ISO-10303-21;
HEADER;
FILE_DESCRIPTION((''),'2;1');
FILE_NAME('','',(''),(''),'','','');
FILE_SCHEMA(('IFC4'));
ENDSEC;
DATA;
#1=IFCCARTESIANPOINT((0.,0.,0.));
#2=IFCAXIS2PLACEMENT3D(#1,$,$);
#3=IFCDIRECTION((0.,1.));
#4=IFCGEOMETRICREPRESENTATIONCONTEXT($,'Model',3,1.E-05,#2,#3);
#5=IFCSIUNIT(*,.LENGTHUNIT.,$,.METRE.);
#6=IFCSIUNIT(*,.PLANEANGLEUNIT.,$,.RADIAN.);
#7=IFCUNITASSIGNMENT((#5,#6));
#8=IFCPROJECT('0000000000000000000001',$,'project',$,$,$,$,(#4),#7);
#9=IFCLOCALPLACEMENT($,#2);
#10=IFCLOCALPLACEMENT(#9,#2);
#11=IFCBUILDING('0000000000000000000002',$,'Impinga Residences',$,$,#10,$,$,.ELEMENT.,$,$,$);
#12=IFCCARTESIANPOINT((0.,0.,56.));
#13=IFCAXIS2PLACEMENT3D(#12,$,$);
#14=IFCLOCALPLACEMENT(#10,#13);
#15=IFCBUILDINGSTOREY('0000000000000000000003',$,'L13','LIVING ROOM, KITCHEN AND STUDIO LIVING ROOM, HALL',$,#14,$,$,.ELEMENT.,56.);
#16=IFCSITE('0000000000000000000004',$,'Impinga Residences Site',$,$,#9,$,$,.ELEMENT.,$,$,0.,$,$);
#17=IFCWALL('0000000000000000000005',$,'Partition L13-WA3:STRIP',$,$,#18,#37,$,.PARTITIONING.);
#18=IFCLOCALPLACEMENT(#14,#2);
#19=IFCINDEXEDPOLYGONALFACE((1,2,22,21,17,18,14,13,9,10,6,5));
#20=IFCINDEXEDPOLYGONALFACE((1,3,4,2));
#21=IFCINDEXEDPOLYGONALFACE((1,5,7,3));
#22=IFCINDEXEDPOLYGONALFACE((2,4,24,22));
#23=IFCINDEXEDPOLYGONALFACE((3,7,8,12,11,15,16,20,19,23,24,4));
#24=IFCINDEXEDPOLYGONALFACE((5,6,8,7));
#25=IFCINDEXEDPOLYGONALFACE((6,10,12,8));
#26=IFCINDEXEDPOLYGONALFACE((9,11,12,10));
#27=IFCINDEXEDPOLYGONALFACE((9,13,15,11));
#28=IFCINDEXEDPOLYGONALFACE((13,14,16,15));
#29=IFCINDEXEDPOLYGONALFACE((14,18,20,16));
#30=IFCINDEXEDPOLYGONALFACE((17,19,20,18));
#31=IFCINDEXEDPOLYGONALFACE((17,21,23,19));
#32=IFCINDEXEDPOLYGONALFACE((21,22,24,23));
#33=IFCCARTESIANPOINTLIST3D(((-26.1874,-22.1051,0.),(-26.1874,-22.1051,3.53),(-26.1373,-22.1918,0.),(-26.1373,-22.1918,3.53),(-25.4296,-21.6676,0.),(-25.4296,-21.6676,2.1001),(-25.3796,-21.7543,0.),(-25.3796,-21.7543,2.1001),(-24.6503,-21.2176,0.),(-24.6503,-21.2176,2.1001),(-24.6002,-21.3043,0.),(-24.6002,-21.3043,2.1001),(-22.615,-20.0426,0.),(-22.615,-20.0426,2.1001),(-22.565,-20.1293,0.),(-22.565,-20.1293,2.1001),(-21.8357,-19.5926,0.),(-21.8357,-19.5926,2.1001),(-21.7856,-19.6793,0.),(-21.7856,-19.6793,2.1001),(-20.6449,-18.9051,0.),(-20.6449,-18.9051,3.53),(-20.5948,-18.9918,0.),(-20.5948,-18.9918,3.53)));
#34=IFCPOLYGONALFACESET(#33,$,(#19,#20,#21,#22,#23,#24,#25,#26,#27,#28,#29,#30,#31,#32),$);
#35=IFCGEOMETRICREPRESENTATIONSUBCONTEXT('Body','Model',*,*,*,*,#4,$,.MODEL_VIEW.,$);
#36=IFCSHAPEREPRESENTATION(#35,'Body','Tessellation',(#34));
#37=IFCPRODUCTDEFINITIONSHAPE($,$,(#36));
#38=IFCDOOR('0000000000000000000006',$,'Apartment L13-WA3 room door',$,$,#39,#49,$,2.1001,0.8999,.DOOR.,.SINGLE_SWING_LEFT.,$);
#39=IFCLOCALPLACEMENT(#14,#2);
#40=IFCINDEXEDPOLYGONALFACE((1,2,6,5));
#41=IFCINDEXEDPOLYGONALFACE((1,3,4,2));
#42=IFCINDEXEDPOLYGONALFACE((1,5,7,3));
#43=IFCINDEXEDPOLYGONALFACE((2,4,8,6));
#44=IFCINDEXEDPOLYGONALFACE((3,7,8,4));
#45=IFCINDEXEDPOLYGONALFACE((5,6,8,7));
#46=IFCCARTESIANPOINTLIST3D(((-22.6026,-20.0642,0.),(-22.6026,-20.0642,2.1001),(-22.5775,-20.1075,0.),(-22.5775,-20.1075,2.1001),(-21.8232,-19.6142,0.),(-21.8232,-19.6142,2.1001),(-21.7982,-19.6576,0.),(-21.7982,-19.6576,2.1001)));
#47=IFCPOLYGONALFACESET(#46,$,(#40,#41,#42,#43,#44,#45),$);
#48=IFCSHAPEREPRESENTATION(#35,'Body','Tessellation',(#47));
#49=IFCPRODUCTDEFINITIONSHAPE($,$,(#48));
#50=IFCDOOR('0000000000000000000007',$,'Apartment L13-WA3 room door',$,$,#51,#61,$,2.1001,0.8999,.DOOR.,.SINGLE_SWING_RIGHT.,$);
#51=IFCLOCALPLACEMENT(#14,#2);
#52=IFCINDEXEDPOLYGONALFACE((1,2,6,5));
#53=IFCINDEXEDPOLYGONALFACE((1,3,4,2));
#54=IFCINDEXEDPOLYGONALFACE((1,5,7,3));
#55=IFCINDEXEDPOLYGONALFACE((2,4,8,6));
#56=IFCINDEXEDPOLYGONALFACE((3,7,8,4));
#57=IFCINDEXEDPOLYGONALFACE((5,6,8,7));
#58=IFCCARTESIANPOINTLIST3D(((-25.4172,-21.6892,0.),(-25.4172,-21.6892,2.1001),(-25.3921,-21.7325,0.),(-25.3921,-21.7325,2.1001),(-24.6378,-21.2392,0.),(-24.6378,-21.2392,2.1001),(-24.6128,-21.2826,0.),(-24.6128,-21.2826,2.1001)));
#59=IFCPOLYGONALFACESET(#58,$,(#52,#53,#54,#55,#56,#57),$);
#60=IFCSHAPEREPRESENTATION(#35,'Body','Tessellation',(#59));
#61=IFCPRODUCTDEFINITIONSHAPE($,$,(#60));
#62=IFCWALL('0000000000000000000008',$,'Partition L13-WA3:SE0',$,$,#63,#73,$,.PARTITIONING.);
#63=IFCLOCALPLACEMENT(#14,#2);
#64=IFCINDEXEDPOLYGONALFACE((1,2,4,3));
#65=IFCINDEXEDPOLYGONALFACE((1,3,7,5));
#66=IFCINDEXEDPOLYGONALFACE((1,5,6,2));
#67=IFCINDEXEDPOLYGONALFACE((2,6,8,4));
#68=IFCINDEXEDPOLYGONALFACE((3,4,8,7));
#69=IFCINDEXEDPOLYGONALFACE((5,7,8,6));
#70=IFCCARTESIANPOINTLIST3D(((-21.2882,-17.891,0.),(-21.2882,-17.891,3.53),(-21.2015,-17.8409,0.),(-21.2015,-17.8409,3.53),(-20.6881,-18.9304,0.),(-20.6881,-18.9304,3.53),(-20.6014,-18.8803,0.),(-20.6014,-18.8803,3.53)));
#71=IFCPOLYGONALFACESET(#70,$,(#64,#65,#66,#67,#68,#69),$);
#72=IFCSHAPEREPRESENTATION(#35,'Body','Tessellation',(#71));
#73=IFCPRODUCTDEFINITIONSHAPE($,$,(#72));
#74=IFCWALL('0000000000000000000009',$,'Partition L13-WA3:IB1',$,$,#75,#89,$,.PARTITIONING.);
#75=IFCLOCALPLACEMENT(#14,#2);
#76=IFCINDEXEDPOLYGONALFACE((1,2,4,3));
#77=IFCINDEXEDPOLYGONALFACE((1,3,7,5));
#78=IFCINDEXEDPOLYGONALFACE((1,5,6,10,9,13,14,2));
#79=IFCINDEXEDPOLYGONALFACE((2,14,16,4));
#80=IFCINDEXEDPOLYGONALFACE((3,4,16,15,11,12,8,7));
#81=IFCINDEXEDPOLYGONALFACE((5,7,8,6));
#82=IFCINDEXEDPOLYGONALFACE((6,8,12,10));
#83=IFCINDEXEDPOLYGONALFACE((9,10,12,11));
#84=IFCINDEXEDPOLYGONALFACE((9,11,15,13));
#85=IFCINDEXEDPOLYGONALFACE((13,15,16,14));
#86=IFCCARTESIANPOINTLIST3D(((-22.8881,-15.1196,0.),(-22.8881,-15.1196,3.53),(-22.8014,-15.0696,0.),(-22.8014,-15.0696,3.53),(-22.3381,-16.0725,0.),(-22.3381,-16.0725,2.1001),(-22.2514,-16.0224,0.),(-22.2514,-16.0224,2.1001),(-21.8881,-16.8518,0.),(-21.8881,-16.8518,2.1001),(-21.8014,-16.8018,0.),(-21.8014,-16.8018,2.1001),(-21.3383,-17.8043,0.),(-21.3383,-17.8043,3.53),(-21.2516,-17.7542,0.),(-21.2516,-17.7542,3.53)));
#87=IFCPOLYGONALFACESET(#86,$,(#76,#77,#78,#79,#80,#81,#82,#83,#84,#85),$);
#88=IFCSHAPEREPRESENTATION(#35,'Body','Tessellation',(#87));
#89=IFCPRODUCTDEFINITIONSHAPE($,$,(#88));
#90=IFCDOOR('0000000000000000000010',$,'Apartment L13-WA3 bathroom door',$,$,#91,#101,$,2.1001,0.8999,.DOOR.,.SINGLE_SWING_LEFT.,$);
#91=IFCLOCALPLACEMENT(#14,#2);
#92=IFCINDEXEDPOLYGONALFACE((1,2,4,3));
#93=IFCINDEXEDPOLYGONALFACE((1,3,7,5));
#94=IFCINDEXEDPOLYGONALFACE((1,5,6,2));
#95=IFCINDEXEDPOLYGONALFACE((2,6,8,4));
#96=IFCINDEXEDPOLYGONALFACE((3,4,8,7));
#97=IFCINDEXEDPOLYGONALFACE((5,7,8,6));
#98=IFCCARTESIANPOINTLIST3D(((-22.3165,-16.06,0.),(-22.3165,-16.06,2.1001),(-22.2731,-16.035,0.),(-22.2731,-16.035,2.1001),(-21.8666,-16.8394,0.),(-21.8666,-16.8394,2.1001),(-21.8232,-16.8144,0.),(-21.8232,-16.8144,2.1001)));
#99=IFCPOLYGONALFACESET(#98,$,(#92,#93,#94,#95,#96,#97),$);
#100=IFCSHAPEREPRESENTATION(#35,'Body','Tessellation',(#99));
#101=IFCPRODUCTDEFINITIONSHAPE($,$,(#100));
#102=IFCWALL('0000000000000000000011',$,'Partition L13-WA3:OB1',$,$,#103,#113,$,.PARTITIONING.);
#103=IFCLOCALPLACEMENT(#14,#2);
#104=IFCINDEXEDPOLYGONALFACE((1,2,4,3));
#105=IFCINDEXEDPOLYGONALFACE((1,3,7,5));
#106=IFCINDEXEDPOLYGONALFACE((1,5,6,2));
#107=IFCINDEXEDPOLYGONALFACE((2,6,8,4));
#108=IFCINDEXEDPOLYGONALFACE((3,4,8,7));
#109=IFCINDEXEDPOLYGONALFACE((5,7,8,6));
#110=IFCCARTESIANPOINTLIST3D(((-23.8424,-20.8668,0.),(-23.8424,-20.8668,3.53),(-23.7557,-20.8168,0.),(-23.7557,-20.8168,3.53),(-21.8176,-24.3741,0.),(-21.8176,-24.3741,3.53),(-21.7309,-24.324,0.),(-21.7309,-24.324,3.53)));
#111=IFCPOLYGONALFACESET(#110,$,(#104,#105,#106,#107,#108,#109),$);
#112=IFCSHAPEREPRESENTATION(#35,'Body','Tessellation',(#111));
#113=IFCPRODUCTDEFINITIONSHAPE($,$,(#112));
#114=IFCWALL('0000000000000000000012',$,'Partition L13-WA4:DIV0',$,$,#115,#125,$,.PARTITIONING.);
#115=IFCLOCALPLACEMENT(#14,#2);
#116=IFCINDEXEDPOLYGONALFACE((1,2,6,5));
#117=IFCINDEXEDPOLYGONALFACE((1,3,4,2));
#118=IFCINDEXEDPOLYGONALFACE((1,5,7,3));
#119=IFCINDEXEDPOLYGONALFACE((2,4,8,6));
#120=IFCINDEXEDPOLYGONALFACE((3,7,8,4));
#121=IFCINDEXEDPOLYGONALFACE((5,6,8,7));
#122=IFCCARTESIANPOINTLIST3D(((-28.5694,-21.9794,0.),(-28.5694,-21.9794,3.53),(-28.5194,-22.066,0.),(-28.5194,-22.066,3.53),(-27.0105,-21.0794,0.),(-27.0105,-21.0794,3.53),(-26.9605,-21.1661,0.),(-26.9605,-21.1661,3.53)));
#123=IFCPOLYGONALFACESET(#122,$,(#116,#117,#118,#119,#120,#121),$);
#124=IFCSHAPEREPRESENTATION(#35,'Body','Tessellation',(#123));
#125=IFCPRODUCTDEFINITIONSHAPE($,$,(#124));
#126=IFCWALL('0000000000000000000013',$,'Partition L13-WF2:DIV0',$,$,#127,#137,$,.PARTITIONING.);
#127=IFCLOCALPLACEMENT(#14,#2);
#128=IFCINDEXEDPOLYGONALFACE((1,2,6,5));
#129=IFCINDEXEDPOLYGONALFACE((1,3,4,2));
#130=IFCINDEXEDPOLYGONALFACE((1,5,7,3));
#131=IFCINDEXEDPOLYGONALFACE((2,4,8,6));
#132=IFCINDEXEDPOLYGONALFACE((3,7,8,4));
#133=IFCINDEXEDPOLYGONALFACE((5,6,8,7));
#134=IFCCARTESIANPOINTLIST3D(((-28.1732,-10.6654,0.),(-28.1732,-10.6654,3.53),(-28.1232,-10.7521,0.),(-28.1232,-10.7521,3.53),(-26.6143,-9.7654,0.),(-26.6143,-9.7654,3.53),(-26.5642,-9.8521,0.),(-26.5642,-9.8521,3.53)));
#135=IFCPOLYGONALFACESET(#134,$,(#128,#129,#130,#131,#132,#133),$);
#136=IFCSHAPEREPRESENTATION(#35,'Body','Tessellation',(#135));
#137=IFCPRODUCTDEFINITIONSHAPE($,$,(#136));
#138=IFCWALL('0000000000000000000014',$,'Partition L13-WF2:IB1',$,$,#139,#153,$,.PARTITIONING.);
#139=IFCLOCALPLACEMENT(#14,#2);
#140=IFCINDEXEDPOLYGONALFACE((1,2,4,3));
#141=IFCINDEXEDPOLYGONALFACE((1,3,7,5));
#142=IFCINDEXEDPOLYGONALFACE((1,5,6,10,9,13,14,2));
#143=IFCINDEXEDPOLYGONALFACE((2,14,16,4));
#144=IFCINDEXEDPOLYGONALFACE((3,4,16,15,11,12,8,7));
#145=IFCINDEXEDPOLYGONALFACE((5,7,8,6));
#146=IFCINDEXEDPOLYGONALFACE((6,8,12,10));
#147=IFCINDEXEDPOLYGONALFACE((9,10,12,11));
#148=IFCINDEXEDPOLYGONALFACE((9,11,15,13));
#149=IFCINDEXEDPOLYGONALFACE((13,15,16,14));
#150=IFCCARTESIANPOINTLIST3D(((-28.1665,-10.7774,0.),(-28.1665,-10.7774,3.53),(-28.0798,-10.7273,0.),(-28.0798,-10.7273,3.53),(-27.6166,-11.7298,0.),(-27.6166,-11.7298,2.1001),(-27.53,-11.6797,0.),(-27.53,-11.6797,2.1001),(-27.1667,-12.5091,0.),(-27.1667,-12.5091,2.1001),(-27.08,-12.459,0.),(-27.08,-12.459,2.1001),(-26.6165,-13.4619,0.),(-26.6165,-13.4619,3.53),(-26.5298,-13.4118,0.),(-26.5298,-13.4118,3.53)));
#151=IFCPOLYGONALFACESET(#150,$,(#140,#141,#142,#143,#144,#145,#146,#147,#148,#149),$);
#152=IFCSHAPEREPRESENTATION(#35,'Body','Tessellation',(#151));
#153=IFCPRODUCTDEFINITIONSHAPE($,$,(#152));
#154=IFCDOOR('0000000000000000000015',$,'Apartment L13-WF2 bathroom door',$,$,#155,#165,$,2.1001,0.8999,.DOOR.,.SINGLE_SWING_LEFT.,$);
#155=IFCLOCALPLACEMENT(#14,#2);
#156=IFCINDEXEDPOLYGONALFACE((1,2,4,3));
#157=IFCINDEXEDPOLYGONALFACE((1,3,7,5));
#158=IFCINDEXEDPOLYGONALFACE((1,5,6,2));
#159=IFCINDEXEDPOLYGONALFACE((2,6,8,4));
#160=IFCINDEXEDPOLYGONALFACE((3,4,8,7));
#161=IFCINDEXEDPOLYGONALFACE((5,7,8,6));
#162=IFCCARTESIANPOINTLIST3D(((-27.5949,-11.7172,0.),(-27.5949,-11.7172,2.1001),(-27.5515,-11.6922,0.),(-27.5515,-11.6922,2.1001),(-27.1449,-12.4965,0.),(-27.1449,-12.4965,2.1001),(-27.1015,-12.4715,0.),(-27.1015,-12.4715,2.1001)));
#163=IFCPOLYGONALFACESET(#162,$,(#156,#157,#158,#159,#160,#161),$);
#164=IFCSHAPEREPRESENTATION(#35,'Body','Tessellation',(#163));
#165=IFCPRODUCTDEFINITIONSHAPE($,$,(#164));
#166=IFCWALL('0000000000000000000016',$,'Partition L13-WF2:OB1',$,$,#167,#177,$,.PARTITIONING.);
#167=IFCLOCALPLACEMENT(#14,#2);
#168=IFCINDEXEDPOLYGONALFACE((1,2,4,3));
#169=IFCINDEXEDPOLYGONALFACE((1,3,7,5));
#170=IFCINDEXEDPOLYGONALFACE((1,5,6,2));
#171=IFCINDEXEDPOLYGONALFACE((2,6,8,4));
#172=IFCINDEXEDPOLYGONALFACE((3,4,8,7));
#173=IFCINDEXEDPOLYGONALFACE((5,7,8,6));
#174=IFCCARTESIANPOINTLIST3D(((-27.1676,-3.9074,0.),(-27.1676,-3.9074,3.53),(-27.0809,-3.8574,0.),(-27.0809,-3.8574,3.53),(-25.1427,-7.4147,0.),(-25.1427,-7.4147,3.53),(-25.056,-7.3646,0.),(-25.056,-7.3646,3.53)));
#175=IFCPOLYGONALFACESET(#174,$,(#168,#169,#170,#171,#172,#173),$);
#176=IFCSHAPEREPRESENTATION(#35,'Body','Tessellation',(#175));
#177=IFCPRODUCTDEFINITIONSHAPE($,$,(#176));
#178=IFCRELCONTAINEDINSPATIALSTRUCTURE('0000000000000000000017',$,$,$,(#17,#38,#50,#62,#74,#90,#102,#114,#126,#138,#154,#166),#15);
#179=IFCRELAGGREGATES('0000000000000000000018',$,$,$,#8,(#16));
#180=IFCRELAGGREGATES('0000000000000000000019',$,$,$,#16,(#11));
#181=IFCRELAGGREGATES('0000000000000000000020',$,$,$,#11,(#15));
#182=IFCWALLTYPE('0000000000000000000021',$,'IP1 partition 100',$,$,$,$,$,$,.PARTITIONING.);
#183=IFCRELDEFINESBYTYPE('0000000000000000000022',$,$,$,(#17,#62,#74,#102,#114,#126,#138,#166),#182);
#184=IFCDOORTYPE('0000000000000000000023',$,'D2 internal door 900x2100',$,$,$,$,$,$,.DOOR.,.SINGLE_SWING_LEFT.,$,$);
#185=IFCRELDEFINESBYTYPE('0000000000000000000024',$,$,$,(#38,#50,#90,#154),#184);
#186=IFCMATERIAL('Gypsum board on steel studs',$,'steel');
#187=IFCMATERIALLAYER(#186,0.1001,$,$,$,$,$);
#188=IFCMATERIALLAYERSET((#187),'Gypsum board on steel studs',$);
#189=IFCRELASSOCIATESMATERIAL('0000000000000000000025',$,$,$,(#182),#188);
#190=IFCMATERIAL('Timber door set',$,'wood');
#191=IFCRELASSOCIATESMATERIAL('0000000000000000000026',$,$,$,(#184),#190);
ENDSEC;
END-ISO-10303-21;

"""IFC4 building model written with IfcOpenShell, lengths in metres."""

from ifc_helpers import new_model, si_unit, direction, frame, frame_2d, origin, place, context, subcontext, project, spatial, rectangle, extrude, material, layer, layer_set, type_object, element, fill, save


model = new_model("IFC4")

# Units and contexts
model_context = context("Model", 3, precision=1e-05, world=origin(), true_north=direction((0.0, 1.0)))
body_context = subcontext(model_context, "Body", "Model", "MODEL_VIEW")
ifc_project = project(units=[si_unit("LENGTHUNIT", "METRE"), si_unit("PLANEANGLEUNIT", "RADIAN")], contexts=[model_context])

# Site, building, storey
site_placement = place(None, origin())
site = spatial("IfcSite", under=ifc_project, at=site_placement, Name="Impinga Residences Site", CompositionType="ELEMENT", RefElevation=0.0)
building_placement = place(site_placement, origin())
building = spatial("IfcBuilding", under=site, at=building_placement, Name="Impinga Residences", CompositionType="ELEMENT")
storey_placement = place(building_placement, frame((0.0, 0.0, 56.0)))
storey = spatial("IfcBuildingStorey", under=building, at=storey_placement, Name="L13", Description="LIVING ROOM, KITCHEN AND STUDIO LIVING ROOM, HALL", CompositionType="ELEMENT", Elevation=56.0)

# Shared definitions
ifc_material_1 = material(Name="Gypsum board on steel studs", Category="steel")
ifc_layer_1 = layer(ifc_material_1, 0.1001)
ifc_layer_set_1 = layer_set([ifc_layer_1], Name="Gypsum board on steel studs")
wall_type_1 = type_object("IfcWallType", Name="IP1 partition 100", PredefinedType="PARTITIONING", material=ifc_layer_set_1)
ifc_material_2 = material(Name="Timber door set", Category="wood")
door_type = type_object("IfcDoorType", Name="D2 internal door 900x2100", OperationType="SINGLE_SWING_LEFT", PredefinedType="DOOR", material=ifc_material_2)

# Wall, openings, doors
wall_1_placement = place(storey_placement, frame((-20.6199, -18.9485, 0.0), z_axis=(0.0, 0.0, 1.0), x_axis=(-0.866025, -0.5, 0.0)))
wall_1 = element("IfcWall", 1, at=wall_1_placement, inside=storey, type_object=wall_type_1, Name="Partition L13-WA3:STRIP", PredefinedType="PARTITIONING", context=body_context, shape_type="SweptSolid", body=[
    extrude(rectangle(XDim=6.3999, YDim=0.1001, at=frame_2d((3.2, 0.0))), origin(), (0.0, 0.0, 1.0), 3.53),
])
opening_1_placement = place(wall_1_placement, frame((1.375, 0.0, 0.0)))
opening_1 = element("IfcOpeningElement", 2, at=opening_1_placement, cuts=wall_1, PredefinedType="OPENING", context=body_context, shape_type="SweptSolid", body=[
    extrude(rectangle(XDim=0.8999, YDim=2.1001, at=frame_2d((0.45, 1.05))), frame((0.0, 0.0601, 0.0), z_axis=(0.0, -1.0, 0.0), x_axis=(1.0, 0.0, 0.0)), (0.0, 0.0, 1.0), 0.1201),
])
opening_2_placement = place(wall_1_placement, frame((4.625, 0.0, 0.0)))
opening_2 = element("IfcOpeningElement", 3, at=opening_2_placement, cuts=wall_1, PredefinedType="OPENING", context=body_context, shape_type="SweptSolid", body=[
    extrude(rectangle(XDim=0.8999, YDim=2.1001, at=frame_2d((0.45, 1.05))), frame((0.0, 0.0601, 0.0), z_axis=(0.0, -1.0, 0.0), x_axis=(1.0, 0.0, 0.0)), (0.0, 0.0, 1.0), 0.1201),
])
door_1_placement = place(opening_1_placement, origin())
door_1 = element("IfcDoor", 4, at=door_1_placement, inside=storey, type_object=door_type, Name="Apartment L13-WA3 room door", OperationType="SINGLE_SWING_LEFT", OverallHeight=2.1001, OverallWidth=0.8999, PredefinedType="DOOR", context=body_context, shape_type="SweptSolid", body=[
    extrude(rectangle(XDim=0.8999, YDim=2.1001, at=frame_2d((0.45, 1.05))), frame((0.0, 0.0249, 0.0), z_axis=(0.0, -1.0, 0.0), x_axis=(1.0, 0.0, 0.0)), (0.0, 0.0, 1.0), 0.05),
])
fill(opening_1, door_1)
door_2_placement = place(opening_2_placement, origin())
door_2 = element("IfcDoor", 5, at=door_2_placement, inside=storey, type_object=door_type, Name="Apartment L13-WA3 room door", OperationType="SINGLE_SWING_RIGHT", OverallHeight=2.1001, OverallWidth=0.8999, PredefinedType="DOOR", context=body_context, shape_type="SweptSolid", body=[
    extrude(rectangle(XDim=0.8999, YDim=2.1001, at=frame_2d((0.45, 1.05))), frame((0.0, 0.0249, 0.0), z_axis=(0.0, -1.0, 0.0), x_axis=(1.0, 0.0, 0.0)), (0.0, 0.0, 1.0), 0.05),
])
fill(opening_2, door_2)

# Wall
wall_2_placement = place(storey_placement, frame((-21.2449, -17.866, 0.0), z_axis=(0.0, 0.0, 1.0), x_axis=(0.500034, -0.866006, 0.0)))
element("IfcWall", 6, at=wall_2_placement, inside=storey, type_object=wall_type_1, Name="Partition L13-WA3:SE0", PredefinedType="PARTITIONING", context=body_context, shape_type="SweptSolid", body=[
    extrude(rectangle(XDim=1.2002, YDim=0.1001, at=frame_2d((0.6001, 0.0))), origin(), (0.0, 0.0, 1.0), 3.53),
])

# Wall, opening, door
wall_3_placement = place(storey_placement, frame((-22.8447, -15.0947, 0.0), z_axis=(0.0, 0.0, 1.0), x_axis=(0.499968, -0.866044, 0.0)))
wall_3 = element("IfcWall", 7, at=wall_3_placement, inside=storey, type_object=wall_type_1, Name="Partition L13-WA3:IB1", PredefinedType="PARTITIONING", context=body_context, shape_type="SweptSolid", body=[
    extrude(rectangle(XDim=3.0999, YDim=0.1001, at=frame_2d((1.5498, 0.0))), origin(), (0.0, 0.0, 1.0), 3.53),
])
opening_3_placement = place(wall_3_placement, frame((1.1001, 0.0, 0.0)))
opening_3 = element("IfcOpeningElement", 8, at=opening_3_placement, cuts=wall_3, PredefinedType="OPENING", context=body_context, shape_type="SweptSolid", body=[
    extrude(rectangle(XDim=0.8999, YDim=2.1001, at=frame_2d((0.45, 1.05))), frame((0.0, 0.0601, 0.0), z_axis=(0.0, -1.0, 0.0), x_axis=(1.0, 0.0, 0.0)), (0.0, 0.0, 1.0), 0.1201),
])
door_3_placement = place(opening_3_placement, origin())
door_3 = element("IfcDoor", 9, at=door_3_placement, inside=storey, type_object=door_type, Name="Apartment L13-WA3 bathroom door", OperationType="SINGLE_SWING_LEFT", OverallHeight=2.1001, OverallWidth=0.8999, PredefinedType="DOOR", context=body_context, shape_type="SweptSolid", body=[
    extrude(rectangle(XDim=0.8999, YDim=2.1001, at=frame_2d((0.45, 1.05))), frame((0.0, 0.0249, 0.0), z_axis=(0.0, -1.0, 0.0), x_axis=(1.0, 0.0, 0.0)), (0.0, 0.0, 1.0), 0.05),
])
fill(opening_3, door_3)

# Walls
wall_4_placement = place(storey_placement, frame((-23.7991, -20.8418, 0.0), z_axis=(0.0, 0.0, 1.0), x_axis=(0.49999, -0.866031, 0.0)))
element("IfcWall", 10, at=wall_4_placement, inside=storey, type_object=wall_type_1, Name="Partition L13-WA3:OB1", PredefinedType="PARTITIONING", context=body_context, shape_type="SweptSolid", body=[
    extrude(rectangle(XDim=4.0498, YDim=0.1001, at=frame_2d((2.0249, 0.0))), origin(), (0.0, 0.0, 1.0), 3.53),
])
for number, where, z_axis, x_axis, name in (
    (11, (-26.9856, -21.1228, 0.0), (0.0, 0.0, 1.0), (-0.866048, -0.499961, 0.0), "Partition L13-WA4:DIV0"),
    (12, (-26.5894, -9.8088, 0.0), (0.0, 0.0, 1.0), (-0.866048, -0.499961, 0.0), "Partition L13-WF2:DIV0"),
):
    element("IfcWall", number, at=place(storey_placement, frame(where, z_axis=z_axis, x_axis=x_axis)), inside=storey, type_object=wall_type_1, Name=name, PredefinedType="PARTITIONING", context=body_context, shape_type="SweptSolid", body=[
        extrude(rectangle(XDim=1.8, YDim=0.1001, at=frame_2d((0.8999, 0.0))), origin(), (0.0, 0.0, 1.0), 3.53),
    ])

# Wall, opening, door
wall_5_placement = place(storey_placement, frame((-26.5732, -13.4368, 0.0), z_axis=(0.0, 0.0, 1.0), x_axis=(-0.500027, 0.86601, 0.0)))
wall_5 = element("IfcWall", 13, at=wall_5_placement, inside=storey, type_object=wall_type_1, Name="Partition L13-WF2:IB1", PredefinedType="PARTITIONING", context=body_context, shape_type="SweptSolid", body=[
    extrude(rectangle(XDim=3.0999, YDim=0.1001, at=frame_2d((1.5498, 0.0))), origin(), (0.0, 0.0, 1.0), 3.53),
])
opening_4_placement = place(wall_5_placement, frame((1.1001, 0.0, 0.0)))
opening_4 = element("IfcOpeningElement", 14, at=opening_4_placement, cuts=wall_5, PredefinedType="OPENING", context=body_context, shape_type="SweptSolid", body=[
    extrude(rectangle(XDim=0.8999, YDim=2.1001, at=frame_2d((0.45, 1.05))), frame((0.0, 0.0601, 0.0), z_axis=(0.0, -1.0, 0.0), x_axis=(1.0, 0.0, 0.0)), (0.0, 0.0, 1.0), 0.1201),
])
door_4_placement = place(opening_4_placement, origin())
door_4 = element("IfcDoor", 15, at=door_4_placement, inside=storey, type_object=door_type, Name="Apartment L13-WF2 bathroom door", OperationType="SINGLE_SWING_LEFT", OverallHeight=2.1001, OverallWidth=0.8999, PredefinedType="DOOR", context=body_context, shape_type="SweptSolid", body=[
    extrude(rectangle(XDim=0.8999, YDim=2.1001, at=frame_2d((0.45, 1.05))), frame((0.0, 0.0249, 0.0), z_axis=(0.0, -1.0, 0.0), x_axis=(1.0, 0.0, 0.0)), (0.0, 0.0, 1.0), 0.05),
])
fill(opening_4, door_4)

# Wall
wall_6_placement = place(storey_placement, frame((-25.0994, -7.3896, 0.0), z_axis=(0.0, 0.0, 1.0), x_axis=(-0.49999, 0.866031, 0.0)))
element("IfcWall", 16, at=wall_6_placement, inside=storey, type_object=wall_type_1, Name="Partition L13-WF2:OB1", PredefinedType="PARTITIONING", context=body_context, shape_type="SweptSolid", body=[
    extrude(rectangle(XDim=4.0498, YDim=0.1001, at=frame_2d((2.0249, 0.0))), origin(), (0.0, 0.0, 1.0), 3.53),
])

save(model, "model.ifc")
